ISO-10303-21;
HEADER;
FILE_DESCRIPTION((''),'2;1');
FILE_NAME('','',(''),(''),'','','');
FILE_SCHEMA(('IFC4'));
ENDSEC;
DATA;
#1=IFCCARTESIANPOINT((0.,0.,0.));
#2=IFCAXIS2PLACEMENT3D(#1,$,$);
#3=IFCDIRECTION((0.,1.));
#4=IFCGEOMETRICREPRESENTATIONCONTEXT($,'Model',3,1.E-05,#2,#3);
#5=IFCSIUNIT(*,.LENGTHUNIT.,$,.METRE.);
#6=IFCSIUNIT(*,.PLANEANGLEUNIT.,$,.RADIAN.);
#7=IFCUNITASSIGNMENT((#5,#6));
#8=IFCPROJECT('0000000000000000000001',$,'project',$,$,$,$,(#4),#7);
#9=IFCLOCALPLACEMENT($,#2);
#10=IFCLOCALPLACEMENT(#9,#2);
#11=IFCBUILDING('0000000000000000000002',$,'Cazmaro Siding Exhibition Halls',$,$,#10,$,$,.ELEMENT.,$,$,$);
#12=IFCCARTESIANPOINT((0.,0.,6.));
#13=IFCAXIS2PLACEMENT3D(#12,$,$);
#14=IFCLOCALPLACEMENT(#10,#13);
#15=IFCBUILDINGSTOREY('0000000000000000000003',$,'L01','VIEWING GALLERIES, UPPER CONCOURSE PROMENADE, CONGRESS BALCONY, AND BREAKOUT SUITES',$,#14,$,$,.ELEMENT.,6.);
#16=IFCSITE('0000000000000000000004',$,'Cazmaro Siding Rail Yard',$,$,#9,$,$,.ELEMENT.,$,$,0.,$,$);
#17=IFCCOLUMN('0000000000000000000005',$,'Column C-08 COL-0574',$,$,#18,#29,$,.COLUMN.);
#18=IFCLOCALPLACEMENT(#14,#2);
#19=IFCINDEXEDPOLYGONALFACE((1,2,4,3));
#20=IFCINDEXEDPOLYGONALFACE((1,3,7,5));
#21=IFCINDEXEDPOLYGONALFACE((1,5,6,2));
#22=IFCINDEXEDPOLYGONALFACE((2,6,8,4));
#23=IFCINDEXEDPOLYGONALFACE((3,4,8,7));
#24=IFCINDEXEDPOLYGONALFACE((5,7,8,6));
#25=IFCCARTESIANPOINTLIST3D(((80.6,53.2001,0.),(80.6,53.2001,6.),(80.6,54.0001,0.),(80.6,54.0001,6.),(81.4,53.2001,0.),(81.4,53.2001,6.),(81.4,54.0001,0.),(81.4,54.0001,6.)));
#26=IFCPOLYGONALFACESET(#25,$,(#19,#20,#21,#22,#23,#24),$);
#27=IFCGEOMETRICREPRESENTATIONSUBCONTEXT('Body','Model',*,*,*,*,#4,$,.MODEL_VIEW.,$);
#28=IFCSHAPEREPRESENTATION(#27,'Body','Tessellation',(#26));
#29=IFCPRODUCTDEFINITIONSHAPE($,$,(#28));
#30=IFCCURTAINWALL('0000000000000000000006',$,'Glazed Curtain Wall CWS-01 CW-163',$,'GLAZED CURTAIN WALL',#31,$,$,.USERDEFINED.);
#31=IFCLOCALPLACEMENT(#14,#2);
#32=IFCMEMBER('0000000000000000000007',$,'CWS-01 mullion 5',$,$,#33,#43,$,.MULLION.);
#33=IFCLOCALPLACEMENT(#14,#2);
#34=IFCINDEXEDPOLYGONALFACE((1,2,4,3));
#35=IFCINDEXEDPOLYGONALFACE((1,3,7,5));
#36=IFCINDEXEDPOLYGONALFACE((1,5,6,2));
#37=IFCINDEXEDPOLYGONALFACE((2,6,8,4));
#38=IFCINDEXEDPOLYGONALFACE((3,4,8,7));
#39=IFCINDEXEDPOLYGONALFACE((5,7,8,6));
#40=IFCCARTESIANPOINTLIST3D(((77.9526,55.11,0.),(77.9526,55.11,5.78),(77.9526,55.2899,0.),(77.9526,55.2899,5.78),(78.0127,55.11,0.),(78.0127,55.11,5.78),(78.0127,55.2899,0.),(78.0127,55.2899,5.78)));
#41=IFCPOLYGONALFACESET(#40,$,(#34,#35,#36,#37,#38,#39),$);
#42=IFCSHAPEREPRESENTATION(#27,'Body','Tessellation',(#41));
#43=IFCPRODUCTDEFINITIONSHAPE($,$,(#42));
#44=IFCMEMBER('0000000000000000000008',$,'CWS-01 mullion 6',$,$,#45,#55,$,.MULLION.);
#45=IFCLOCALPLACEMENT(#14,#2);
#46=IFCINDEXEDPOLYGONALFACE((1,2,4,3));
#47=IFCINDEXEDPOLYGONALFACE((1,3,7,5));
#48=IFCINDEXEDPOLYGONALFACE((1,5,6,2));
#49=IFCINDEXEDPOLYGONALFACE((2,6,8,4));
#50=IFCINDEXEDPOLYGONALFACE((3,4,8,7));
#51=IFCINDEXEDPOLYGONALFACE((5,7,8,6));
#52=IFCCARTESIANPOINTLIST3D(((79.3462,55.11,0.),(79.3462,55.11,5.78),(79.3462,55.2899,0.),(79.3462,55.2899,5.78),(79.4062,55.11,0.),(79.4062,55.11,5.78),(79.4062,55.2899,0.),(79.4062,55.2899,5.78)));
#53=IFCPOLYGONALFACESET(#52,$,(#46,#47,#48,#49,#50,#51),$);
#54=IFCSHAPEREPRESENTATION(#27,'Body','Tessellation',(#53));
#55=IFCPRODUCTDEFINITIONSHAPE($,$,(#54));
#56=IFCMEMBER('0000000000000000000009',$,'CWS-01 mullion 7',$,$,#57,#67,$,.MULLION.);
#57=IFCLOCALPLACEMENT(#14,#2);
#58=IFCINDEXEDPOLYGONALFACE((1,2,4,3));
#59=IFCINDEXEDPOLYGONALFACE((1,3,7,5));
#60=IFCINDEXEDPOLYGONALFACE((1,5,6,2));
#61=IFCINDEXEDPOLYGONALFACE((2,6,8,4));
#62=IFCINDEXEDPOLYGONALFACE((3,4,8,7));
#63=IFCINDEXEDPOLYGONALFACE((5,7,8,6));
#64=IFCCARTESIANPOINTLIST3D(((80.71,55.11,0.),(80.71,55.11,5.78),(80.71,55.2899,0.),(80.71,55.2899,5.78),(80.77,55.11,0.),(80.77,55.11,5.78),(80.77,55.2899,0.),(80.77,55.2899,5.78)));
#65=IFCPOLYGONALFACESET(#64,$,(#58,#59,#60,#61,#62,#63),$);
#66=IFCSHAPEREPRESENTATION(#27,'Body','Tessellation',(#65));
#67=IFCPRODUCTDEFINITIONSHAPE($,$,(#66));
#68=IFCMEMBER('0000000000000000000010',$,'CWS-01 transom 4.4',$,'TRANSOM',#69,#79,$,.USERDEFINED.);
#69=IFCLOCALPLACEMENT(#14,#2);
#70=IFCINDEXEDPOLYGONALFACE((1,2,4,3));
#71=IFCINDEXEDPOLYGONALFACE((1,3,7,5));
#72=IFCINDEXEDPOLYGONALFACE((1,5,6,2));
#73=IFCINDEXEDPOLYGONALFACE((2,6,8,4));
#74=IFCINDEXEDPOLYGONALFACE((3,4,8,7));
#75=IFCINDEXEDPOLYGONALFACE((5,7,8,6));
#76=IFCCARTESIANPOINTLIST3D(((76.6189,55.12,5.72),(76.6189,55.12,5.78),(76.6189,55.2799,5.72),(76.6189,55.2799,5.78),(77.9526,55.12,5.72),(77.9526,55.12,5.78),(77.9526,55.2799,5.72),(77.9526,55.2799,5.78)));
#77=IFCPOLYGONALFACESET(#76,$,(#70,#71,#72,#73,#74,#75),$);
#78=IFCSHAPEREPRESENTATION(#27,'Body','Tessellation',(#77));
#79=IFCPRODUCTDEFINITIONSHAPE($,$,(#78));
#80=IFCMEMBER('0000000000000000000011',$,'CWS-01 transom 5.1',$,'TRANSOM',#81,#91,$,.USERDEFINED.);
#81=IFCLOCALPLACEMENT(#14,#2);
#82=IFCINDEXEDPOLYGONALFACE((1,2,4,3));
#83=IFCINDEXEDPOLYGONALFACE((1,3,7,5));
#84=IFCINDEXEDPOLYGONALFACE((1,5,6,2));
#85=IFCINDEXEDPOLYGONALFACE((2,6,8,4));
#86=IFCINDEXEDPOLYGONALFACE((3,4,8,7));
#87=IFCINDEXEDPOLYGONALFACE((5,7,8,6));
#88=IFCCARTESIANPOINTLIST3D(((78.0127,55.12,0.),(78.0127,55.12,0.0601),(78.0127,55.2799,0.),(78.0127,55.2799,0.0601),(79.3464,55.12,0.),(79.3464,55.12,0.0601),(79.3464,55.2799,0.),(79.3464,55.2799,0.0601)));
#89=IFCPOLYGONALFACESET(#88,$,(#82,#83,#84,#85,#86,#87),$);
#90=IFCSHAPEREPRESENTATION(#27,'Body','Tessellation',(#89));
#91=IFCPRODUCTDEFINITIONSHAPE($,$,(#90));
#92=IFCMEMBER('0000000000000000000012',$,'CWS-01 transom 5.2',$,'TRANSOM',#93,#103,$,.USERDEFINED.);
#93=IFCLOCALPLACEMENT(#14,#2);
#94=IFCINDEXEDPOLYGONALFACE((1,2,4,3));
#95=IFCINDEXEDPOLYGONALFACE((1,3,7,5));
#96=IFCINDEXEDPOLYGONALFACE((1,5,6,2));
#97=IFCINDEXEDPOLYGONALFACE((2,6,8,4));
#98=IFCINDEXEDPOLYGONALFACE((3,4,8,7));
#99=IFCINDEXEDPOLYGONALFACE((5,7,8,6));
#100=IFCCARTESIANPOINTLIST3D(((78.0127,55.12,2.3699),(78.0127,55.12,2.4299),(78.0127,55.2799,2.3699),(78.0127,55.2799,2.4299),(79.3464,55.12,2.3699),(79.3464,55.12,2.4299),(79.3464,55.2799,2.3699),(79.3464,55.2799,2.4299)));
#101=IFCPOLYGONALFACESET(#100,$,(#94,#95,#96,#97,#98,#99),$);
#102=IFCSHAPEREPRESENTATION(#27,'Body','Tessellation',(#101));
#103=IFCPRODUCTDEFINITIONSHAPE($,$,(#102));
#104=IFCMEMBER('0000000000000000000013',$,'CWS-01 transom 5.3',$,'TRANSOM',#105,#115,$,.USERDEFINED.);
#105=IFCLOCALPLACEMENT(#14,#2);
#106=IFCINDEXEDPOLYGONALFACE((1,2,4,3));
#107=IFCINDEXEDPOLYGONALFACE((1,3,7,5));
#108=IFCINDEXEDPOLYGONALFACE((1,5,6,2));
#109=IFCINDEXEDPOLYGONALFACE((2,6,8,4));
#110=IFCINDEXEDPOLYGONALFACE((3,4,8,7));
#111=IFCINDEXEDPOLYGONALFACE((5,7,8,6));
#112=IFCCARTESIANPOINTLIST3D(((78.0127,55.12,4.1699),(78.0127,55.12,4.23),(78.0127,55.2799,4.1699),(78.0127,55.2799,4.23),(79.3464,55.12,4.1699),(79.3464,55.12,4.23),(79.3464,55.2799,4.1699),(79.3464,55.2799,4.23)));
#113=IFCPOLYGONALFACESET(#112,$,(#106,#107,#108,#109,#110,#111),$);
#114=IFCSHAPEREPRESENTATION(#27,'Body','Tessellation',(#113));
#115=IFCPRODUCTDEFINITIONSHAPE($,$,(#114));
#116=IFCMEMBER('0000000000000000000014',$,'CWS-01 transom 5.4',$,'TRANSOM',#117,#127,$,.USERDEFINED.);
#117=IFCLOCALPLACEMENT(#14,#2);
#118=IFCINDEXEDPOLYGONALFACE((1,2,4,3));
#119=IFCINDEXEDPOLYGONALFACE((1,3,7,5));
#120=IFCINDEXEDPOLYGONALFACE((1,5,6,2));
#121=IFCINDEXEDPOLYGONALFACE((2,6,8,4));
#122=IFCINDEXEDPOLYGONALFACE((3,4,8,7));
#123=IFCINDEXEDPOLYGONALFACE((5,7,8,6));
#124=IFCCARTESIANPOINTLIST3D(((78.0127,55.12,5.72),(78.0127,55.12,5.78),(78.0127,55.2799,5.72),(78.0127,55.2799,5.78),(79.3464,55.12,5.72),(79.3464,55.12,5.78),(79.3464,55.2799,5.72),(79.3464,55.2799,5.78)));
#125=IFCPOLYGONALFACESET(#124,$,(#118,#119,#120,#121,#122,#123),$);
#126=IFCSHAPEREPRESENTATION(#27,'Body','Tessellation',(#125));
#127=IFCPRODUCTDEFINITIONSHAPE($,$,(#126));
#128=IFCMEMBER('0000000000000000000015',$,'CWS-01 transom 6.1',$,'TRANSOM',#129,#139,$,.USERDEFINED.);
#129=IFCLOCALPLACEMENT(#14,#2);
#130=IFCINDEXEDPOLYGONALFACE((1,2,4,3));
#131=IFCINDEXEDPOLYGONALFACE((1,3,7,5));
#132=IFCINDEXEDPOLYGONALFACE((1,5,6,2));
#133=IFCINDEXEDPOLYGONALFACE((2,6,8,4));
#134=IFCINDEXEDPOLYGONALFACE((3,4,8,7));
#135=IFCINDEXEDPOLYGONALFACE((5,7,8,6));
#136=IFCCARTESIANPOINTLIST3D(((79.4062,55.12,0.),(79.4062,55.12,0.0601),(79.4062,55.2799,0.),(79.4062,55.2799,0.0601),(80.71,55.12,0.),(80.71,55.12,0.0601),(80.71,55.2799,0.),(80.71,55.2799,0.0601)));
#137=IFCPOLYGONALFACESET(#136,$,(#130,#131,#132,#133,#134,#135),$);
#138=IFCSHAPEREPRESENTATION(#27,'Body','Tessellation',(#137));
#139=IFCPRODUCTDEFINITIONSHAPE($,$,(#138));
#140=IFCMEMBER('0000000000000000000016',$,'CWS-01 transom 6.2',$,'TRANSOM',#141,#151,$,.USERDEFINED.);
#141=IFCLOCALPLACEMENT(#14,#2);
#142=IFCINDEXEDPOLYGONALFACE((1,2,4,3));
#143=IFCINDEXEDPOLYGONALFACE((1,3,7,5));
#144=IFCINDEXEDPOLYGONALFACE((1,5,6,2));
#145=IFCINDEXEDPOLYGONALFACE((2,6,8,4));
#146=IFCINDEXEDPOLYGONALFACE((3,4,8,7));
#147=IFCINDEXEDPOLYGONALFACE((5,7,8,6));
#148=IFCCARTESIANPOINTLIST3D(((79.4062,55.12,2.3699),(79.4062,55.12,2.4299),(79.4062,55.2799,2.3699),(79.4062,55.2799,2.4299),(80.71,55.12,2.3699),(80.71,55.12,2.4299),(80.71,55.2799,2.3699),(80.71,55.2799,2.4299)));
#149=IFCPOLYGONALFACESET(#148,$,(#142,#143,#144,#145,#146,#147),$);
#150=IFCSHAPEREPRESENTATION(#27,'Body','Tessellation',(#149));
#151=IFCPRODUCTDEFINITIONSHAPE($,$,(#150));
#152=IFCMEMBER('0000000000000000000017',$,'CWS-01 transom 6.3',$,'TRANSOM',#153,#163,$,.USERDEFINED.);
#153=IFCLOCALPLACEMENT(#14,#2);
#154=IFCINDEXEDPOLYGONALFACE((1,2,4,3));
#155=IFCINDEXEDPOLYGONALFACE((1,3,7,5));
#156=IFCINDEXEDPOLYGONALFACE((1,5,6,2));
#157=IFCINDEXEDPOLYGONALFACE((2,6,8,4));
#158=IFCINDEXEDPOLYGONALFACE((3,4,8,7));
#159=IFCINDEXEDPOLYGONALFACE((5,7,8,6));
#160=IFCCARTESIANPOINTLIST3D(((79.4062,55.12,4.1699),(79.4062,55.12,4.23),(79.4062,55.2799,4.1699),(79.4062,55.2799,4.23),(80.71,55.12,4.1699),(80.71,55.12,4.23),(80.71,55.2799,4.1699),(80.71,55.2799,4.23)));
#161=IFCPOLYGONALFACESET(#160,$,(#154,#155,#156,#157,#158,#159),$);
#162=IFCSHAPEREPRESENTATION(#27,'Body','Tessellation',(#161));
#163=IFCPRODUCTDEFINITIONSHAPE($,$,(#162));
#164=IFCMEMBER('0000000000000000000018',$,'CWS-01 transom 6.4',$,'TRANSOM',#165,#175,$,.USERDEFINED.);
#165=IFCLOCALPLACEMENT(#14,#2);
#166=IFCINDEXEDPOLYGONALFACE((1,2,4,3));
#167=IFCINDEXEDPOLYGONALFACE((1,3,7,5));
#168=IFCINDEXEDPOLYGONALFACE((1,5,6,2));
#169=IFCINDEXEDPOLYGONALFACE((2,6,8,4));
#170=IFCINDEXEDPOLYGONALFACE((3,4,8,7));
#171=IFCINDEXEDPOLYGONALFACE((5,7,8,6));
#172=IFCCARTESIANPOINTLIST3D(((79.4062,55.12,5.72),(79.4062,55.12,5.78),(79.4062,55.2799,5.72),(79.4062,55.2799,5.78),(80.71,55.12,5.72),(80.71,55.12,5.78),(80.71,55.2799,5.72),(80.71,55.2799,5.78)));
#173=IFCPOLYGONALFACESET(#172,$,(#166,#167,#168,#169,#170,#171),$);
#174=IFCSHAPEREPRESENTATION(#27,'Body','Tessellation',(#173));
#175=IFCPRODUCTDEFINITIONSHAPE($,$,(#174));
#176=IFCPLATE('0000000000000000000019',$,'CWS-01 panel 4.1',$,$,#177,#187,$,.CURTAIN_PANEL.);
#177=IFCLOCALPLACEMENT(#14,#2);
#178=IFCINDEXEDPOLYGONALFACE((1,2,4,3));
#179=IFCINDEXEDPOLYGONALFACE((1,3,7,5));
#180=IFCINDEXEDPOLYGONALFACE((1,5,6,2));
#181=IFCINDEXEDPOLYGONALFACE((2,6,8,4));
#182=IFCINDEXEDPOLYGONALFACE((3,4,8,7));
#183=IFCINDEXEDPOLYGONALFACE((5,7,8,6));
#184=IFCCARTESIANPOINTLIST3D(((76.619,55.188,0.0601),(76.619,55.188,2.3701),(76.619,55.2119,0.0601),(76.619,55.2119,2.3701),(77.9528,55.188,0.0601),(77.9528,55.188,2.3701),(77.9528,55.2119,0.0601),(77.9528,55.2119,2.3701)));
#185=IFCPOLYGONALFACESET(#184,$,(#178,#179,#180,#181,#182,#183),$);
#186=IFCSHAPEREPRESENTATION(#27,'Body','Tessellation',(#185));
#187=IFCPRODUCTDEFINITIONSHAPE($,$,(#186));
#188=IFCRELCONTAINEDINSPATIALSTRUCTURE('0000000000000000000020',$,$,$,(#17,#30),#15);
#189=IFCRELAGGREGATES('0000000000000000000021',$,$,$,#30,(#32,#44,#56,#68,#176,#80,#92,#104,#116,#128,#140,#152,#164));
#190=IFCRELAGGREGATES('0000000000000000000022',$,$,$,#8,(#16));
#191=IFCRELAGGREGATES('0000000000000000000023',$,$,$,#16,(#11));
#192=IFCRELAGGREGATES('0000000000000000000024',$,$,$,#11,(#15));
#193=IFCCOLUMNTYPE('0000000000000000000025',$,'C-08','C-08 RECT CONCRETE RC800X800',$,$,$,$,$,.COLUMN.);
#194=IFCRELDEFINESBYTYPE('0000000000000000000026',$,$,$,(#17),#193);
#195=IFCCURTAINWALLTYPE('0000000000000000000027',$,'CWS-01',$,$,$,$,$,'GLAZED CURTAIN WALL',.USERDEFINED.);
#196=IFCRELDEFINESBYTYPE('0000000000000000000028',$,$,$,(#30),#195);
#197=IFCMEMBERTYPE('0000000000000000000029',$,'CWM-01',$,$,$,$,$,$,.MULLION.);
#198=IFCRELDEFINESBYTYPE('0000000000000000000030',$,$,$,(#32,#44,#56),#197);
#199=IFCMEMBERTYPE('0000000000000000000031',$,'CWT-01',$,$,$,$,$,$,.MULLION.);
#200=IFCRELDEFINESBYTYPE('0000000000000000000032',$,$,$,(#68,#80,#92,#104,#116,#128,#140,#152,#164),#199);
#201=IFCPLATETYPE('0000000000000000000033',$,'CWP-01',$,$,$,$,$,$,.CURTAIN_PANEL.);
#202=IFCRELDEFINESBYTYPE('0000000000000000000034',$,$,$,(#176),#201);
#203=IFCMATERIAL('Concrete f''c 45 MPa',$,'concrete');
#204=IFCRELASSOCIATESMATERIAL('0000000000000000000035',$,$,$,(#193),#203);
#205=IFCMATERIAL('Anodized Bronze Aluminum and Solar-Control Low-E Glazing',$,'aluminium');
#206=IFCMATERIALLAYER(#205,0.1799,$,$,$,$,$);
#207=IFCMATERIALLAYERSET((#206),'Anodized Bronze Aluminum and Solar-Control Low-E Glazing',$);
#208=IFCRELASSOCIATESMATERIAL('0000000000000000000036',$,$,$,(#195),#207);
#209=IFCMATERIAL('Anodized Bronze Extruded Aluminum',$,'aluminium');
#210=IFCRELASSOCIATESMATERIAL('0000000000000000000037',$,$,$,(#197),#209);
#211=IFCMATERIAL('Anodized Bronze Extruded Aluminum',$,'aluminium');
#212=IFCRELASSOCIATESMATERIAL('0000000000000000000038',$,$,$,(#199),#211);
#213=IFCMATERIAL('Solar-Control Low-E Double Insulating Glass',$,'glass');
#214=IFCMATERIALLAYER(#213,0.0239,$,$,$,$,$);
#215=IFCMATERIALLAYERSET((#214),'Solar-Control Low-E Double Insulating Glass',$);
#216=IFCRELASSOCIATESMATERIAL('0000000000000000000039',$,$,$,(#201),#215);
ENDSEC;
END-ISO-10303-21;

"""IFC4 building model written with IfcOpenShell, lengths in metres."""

from ifc_helpers import new_model, si_unit, direction, frame, origin, origin_2d, place, context, subcontext, project, spatial, rectangle, extrude, material, layer, layer_set, material_profile, profile_set, type_object, element, aggregate, save


model = new_model("IFC4")

# Units and contexts
model_context = context("Model", 3, precision=1e-05, world=origin(), true_north=direction((0.0, 1.0)))
body_context = subcontext(model_context, "Body", "Model", "MODEL_VIEW")
ifc_project = project(units=[si_unit("LENGTHUNIT", "METRE"), si_unit("PLANEANGLEUNIT", "RADIAN")], contexts=[model_context])

# Site, building, storey
site_placement = place(None, origin())
site = spatial("IfcSite", under=ifc_project, at=site_placement, Name="Cazmaro Siding Rail Yard", CompositionType="ELEMENT", RefElevation=0.0)
building_placement = place(site_placement, origin())
building = spatial("IfcBuilding", under=site, at=building_placement, Name="Cazmaro Siding Exhibition Halls", CompositionType="ELEMENT")
storey_placement = place(building_placement, frame((0.0, 0.0, 6.0)))
storey = spatial("IfcBuildingStorey", under=building, at=storey_placement, Name="L01", Description="VIEWING GALLERIES, UPPER CONCOURSE PROMENADE, CONGRESS BALCONY, AND BREAKOUT SUITES", CompositionType="ELEMENT", Elevation=6.0)

# Column
ifc_material_1 = material(Name="Concrete f'c 45 MPa", Category="concrete")
ifc_material_profile_1 = material_profile(ifc_material_1, rectangle(XDim=0.8, YDim=0.8, at=origin_2d()), Name="RC800X800")
ifc_profile_set_1 = profile_set([ifc_material_profile_1], Name="Concrete f'c 45 MPa")
column_type = type_object("IfcColumnType", Name="C-08", Description="C-08 RECT CONCRETE RC800X800", PredefinedType="COLUMN", material=ifc_profile_set_1)
column_placement = place(storey_placement, frame((81.0, 53.6001, 0.0), z_axis=(0.0, 0.0, 1.0), x_axis=(1.0, 0.0, 0.0)))
element("IfcColumn", 1, at=column_placement, inside=storey, type_object=column_type, Name="Column C-08 COL-0574", PredefinedType="COLUMN", context=body_context, shape_type="SweptSolid", body=[
    extrude(rectangle(XDim=0.8, YDim=0.8, at=origin_2d()), origin(), (0.0, 0.0, 1.0), 6.0),
])

# Curtain wall, members, plate
ifc_material_2 = material(Name="Anodized Bronze Aluminum and Solar-Control Low-E Glazing", Category="aluminium")
ifc_layer_1 = layer(ifc_material_2, 0.1799)
ifc_layer_set_1 = layer_set([ifc_layer_1], Name="Anodized Bronze Aluminum and Solar-Control Low-E Glazing")
curtain_wall_type = type_object("IfcCurtainWallType", Name="CWS-01", ElementType="GLAZED CURTAIN WALL", PredefinedType="USERDEFINED", material=ifc_layer_set_1)
curtain_wall_placement = place(storey_placement, origin())
curtain_wall = element("IfcCurtainWall", 2, at=curtain_wall_placement, inside=storey, type_object=curtain_wall_type, Name="Glazed Curtain Wall CWS-01 CW-163", ObjectType="GLAZED CURTAIN WALL", PredefinedType="USERDEFINED")
ifc_material_3 = material(Name="Anodized Bronze Extruded Aluminum", Category="aluminium")
ifc_material_profile_2 = material_profile(ifc_material_3, rectangle(XDim=0.1799, YDim=0.0601, at=origin_2d()), Name="CWM-01")
ifc_profile_set_2 = profile_set([ifc_material_profile_2], Name="Anodized Bronze Extruded Aluminum")
member_type_1 = type_object("IfcMemberType", Name="CWM-01", PredefinedType="MULLION", material=ifc_profile_set_2)
member_1_placement = place(storey_placement, frame((77.9827, 55.2, 0.0), z_axis=(0.0, 0.0, 1.0), x_axis=(0.0, 1.0, 0.0)))
member_1 = element("IfcMember", 3, at=member_1_placement, type_object=member_type_1, Name="CWS-01 mullion 5", PredefinedType="MULLION", context=body_context, shape_type="SweptSolid", body=[
    extrude(rectangle(XDim=0.1799, YDim=0.0601, at=origin_2d()), origin(), (0.0, 0.0, 1.0), 5.78),
])
member_2_placement = place(storey_placement, frame((79.3762, 55.2, 0.0), z_axis=(0.0, 0.0, 1.0), x_axis=(0.0, 1.0, 0.0)))
member_2 = element("IfcMember", 4, at=member_2_placement, type_object=member_type_1, Name="CWS-01 mullion 6", PredefinedType="MULLION", context=body_context, shape_type="SweptSolid", body=[
    extrude(rectangle(XDim=0.1799, YDim=0.0601, at=origin_2d()), origin(), (0.0, 0.0, 1.0), 5.78),
])
member_3_placement = place(storey_placement, frame((80.74, 55.2, 0.0), z_axis=(0.0, 0.0, 1.0), x_axis=(0.0, 1.0, 0.0)))
member_3 = element("IfcMember", 5, at=member_3_placement, type_object=member_type_1, Name="CWS-01 mullion 7", PredefinedType="MULLION", context=body_context, shape_type="SweptSolid", body=[
    extrude(rectangle(XDim=0.1799, YDim=0.0601, at=origin_2d()), origin(), (0.0, 0.0, 1.0), 5.78),
])
ifc_material_4 = material(Name="Anodized Bronze Extruded Aluminum", Category="aluminium")
ifc_material_profile_3 = material_profile(ifc_material_4, rectangle(XDim=0.1599, YDim=0.0601, at=origin_2d()), Name="CWT-01")
ifc_profile_set_3 = profile_set([ifc_material_profile_3], Name="Anodized Bronze Extruded Aluminum")
member_type_2 = type_object("IfcMemberType", Name="CWT-01", PredefinedType="MULLION", material=ifc_profile_set_3)
member_4_placement = place(storey_placement, frame((76.6189, 55.2, 5.75), z_axis=(1.0, 0.0, 0.0), x_axis=(0.0, 1.0, 0.0)))
member_4 = element("IfcMember", 6, at=member_4_placement, type_object=member_type_2, Name="CWS-01 transom 4.4", ObjectType="TRANSOM", PredefinedType="USERDEFINED", context=body_context, shape_type="SweptSolid", body=[
    extrude(rectangle(XDim=0.1599, YDim=0.0601, at=origin_2d()), origin(), (0.0, 0.0, 1.0), 1.3337),
])
member_5_placement = place(storey_placement, frame((78.0127, 55.2, 0.03), z_axis=(1.0, 0.0, 0.0), x_axis=(0.0, 1.0, 0.0)))
member_5 = element("IfcMember", 7, at=member_5_placement, type_object=member_type_2, Name="CWS-01 transom 5.1", ObjectType="TRANSOM", PredefinedType="USERDEFINED", context=body_context, shape_type="SweptSolid", body=[
    extrude(rectangle(XDim=0.1599, YDim=0.0601, at=origin_2d()), origin(), (0.0, 0.0, 1.0), 1.3337),
])
member_6_placement = place(storey_placement, frame((78.0127, 55.2, 2.3999), z_axis=(1.0, 0.0, 0.0), x_axis=(0.0, 1.0, 0.0)))
member_6 = element("IfcMember", 8, at=member_6_placement, type_object=member_type_2, Name="CWS-01 transom 5.2", ObjectType="TRANSOM", PredefinedType="USERDEFINED", context=body_context, shape_type="SweptSolid", body=[
    extrude(rectangle(XDim=0.1599, YDim=0.0601, at=origin_2d()), origin(), (0.0, 0.0, 1.0), 1.3337),
])
member_7_placement = place(storey_placement, frame((78.0127, 55.2, 4.2), z_axis=(1.0, 0.0, 0.0), x_axis=(0.0, 1.0, 0.0)))
member_7 = element("IfcMember", 9, at=member_7_placement, type_object=member_type_2, Name="CWS-01 transom 5.3", ObjectType="TRANSOM", PredefinedType="USERDEFINED", context=body_context, shape_type="SweptSolid", body=[
    extrude(rectangle(XDim=0.1599, YDim=0.0601, at=origin_2d()), origin(), (0.0, 0.0, 1.0), 1.3337),
])
member_8_placement = place(storey_placement, frame((78.0127, 55.2, 5.75), z_axis=(1.0, 0.0, 0.0), x_axis=(0.0, 1.0, 0.0)))
member_8 = element("IfcMember", 10, at=member_8_placement, type_object=member_type_2, Name="CWS-01 transom 5.4", ObjectType="TRANSOM", PredefinedType="USERDEFINED", context=body_context, shape_type="SweptSolid", body=[
    extrude(rectangle(XDim=0.1599, YDim=0.0601, at=origin_2d()), origin(), (0.0, 0.0, 1.0), 1.3337),
])
member_9_placement = place(storey_placement, frame((79.4062, 55.2, 0.03), z_axis=(1.0, 0.0, 0.0), x_axis=(0.0, 1.0, 0.0)))
member_9 = element("IfcMember", 11, at=member_9_placement, type_object=member_type_2, Name="CWS-01 transom 6.1", ObjectType="TRANSOM", PredefinedType="USERDEFINED", context=body_context, shape_type="SweptSolid", body=[
    extrude(rectangle(XDim=0.1599, YDim=0.0601, at=origin_2d()), origin(), (0.0, 0.0, 1.0), 1.3037),
])
member_10_placement = place(storey_placement, frame((79.4062, 55.2, 2.3999), z_axis=(1.0, 0.0, 0.0), x_axis=(0.0, 1.0, 0.0)))
member_10 = element("IfcMember", 12, at=member_10_placement, type_object=member_type_2, Name="CWS-01 transom 6.2", ObjectType="TRANSOM", PredefinedType="USERDEFINED", context=body_context, shape_type="SweptSolid", body=[
    extrude(rectangle(XDim=0.1599, YDim=0.0601, at=origin_2d()), origin(), (0.0, 0.0, 1.0), 1.3037),
])
member_11_placement = place(storey_placement, frame((79.4062, 55.2, 4.2), z_axis=(1.0, 0.0, 0.0), x_axis=(0.0, 1.0, 0.0)))
member_11 = element("IfcMember", 13, at=member_11_placement, type_object=member_type_2, Name="CWS-01 transom 6.3", ObjectType="TRANSOM", PredefinedType="USERDEFINED", context=body_context, shape_type="SweptSolid", body=[
    extrude(rectangle(XDim=0.1599, YDim=0.0601, at=origin_2d()), origin(), (0.0, 0.0, 1.0), 1.3037),
])
member_12_placement = place(storey_placement, frame((79.4062, 55.2, 5.75), z_axis=(1.0, 0.0, 0.0), x_axis=(0.0, 1.0, 0.0)))
member_12 = element("IfcMember", 14, at=member_12_placement, type_object=member_type_2, Name="CWS-01 transom 6.4", ObjectType="TRANSOM", PredefinedType="USERDEFINED", context=body_context, shape_type="SweptSolid", body=[
    extrude(rectangle(XDim=0.1599, YDim=0.0601, at=origin_2d()), origin(), (0.0, 0.0, 1.0), 1.3037),
])
ifc_material_5 = material(Name="Solar-Control Low-E Double Insulating Glass", Category="glass")
ifc_layer_2 = layer(ifc_material_5, 0.0239)
ifc_layer_set_2 = layer_set([ifc_layer_2], Name="Solar-Control Low-E Double Insulating Glass")
plate_type = type_object("IfcPlateType", Name="CWP-01", PredefinedType="CURTAIN_PANEL", material=ifc_layer_set_2)
plate_1_placement = place(storey_placement, frame((77.2859, 55.2, 0.0601), z_axis=(0.0, 0.0, 1.0), x_axis=(1.0, 0.0, 0.0)))
plate_1 = element("IfcPlate", 15, at=plate_1_placement, type_object=plate_type, Name="CWS-01 panel 4.1", PredefinedType="CURTAIN_PANEL", context=body_context, shape_type="SweptSolid", body=[
    extrude(rectangle(XDim=1.3337, YDim=0.0239, at=origin_2d()), origin(), (0.0, 0.0, 1.0), 2.3101),
])
aggregate(curtain_wall, [member_1, member_2, member_3, member_4, plate_1, member_5, member_6, member_7, member_8, member_9, member_10, member_11, member_12])

save(model, "model.ifc")
